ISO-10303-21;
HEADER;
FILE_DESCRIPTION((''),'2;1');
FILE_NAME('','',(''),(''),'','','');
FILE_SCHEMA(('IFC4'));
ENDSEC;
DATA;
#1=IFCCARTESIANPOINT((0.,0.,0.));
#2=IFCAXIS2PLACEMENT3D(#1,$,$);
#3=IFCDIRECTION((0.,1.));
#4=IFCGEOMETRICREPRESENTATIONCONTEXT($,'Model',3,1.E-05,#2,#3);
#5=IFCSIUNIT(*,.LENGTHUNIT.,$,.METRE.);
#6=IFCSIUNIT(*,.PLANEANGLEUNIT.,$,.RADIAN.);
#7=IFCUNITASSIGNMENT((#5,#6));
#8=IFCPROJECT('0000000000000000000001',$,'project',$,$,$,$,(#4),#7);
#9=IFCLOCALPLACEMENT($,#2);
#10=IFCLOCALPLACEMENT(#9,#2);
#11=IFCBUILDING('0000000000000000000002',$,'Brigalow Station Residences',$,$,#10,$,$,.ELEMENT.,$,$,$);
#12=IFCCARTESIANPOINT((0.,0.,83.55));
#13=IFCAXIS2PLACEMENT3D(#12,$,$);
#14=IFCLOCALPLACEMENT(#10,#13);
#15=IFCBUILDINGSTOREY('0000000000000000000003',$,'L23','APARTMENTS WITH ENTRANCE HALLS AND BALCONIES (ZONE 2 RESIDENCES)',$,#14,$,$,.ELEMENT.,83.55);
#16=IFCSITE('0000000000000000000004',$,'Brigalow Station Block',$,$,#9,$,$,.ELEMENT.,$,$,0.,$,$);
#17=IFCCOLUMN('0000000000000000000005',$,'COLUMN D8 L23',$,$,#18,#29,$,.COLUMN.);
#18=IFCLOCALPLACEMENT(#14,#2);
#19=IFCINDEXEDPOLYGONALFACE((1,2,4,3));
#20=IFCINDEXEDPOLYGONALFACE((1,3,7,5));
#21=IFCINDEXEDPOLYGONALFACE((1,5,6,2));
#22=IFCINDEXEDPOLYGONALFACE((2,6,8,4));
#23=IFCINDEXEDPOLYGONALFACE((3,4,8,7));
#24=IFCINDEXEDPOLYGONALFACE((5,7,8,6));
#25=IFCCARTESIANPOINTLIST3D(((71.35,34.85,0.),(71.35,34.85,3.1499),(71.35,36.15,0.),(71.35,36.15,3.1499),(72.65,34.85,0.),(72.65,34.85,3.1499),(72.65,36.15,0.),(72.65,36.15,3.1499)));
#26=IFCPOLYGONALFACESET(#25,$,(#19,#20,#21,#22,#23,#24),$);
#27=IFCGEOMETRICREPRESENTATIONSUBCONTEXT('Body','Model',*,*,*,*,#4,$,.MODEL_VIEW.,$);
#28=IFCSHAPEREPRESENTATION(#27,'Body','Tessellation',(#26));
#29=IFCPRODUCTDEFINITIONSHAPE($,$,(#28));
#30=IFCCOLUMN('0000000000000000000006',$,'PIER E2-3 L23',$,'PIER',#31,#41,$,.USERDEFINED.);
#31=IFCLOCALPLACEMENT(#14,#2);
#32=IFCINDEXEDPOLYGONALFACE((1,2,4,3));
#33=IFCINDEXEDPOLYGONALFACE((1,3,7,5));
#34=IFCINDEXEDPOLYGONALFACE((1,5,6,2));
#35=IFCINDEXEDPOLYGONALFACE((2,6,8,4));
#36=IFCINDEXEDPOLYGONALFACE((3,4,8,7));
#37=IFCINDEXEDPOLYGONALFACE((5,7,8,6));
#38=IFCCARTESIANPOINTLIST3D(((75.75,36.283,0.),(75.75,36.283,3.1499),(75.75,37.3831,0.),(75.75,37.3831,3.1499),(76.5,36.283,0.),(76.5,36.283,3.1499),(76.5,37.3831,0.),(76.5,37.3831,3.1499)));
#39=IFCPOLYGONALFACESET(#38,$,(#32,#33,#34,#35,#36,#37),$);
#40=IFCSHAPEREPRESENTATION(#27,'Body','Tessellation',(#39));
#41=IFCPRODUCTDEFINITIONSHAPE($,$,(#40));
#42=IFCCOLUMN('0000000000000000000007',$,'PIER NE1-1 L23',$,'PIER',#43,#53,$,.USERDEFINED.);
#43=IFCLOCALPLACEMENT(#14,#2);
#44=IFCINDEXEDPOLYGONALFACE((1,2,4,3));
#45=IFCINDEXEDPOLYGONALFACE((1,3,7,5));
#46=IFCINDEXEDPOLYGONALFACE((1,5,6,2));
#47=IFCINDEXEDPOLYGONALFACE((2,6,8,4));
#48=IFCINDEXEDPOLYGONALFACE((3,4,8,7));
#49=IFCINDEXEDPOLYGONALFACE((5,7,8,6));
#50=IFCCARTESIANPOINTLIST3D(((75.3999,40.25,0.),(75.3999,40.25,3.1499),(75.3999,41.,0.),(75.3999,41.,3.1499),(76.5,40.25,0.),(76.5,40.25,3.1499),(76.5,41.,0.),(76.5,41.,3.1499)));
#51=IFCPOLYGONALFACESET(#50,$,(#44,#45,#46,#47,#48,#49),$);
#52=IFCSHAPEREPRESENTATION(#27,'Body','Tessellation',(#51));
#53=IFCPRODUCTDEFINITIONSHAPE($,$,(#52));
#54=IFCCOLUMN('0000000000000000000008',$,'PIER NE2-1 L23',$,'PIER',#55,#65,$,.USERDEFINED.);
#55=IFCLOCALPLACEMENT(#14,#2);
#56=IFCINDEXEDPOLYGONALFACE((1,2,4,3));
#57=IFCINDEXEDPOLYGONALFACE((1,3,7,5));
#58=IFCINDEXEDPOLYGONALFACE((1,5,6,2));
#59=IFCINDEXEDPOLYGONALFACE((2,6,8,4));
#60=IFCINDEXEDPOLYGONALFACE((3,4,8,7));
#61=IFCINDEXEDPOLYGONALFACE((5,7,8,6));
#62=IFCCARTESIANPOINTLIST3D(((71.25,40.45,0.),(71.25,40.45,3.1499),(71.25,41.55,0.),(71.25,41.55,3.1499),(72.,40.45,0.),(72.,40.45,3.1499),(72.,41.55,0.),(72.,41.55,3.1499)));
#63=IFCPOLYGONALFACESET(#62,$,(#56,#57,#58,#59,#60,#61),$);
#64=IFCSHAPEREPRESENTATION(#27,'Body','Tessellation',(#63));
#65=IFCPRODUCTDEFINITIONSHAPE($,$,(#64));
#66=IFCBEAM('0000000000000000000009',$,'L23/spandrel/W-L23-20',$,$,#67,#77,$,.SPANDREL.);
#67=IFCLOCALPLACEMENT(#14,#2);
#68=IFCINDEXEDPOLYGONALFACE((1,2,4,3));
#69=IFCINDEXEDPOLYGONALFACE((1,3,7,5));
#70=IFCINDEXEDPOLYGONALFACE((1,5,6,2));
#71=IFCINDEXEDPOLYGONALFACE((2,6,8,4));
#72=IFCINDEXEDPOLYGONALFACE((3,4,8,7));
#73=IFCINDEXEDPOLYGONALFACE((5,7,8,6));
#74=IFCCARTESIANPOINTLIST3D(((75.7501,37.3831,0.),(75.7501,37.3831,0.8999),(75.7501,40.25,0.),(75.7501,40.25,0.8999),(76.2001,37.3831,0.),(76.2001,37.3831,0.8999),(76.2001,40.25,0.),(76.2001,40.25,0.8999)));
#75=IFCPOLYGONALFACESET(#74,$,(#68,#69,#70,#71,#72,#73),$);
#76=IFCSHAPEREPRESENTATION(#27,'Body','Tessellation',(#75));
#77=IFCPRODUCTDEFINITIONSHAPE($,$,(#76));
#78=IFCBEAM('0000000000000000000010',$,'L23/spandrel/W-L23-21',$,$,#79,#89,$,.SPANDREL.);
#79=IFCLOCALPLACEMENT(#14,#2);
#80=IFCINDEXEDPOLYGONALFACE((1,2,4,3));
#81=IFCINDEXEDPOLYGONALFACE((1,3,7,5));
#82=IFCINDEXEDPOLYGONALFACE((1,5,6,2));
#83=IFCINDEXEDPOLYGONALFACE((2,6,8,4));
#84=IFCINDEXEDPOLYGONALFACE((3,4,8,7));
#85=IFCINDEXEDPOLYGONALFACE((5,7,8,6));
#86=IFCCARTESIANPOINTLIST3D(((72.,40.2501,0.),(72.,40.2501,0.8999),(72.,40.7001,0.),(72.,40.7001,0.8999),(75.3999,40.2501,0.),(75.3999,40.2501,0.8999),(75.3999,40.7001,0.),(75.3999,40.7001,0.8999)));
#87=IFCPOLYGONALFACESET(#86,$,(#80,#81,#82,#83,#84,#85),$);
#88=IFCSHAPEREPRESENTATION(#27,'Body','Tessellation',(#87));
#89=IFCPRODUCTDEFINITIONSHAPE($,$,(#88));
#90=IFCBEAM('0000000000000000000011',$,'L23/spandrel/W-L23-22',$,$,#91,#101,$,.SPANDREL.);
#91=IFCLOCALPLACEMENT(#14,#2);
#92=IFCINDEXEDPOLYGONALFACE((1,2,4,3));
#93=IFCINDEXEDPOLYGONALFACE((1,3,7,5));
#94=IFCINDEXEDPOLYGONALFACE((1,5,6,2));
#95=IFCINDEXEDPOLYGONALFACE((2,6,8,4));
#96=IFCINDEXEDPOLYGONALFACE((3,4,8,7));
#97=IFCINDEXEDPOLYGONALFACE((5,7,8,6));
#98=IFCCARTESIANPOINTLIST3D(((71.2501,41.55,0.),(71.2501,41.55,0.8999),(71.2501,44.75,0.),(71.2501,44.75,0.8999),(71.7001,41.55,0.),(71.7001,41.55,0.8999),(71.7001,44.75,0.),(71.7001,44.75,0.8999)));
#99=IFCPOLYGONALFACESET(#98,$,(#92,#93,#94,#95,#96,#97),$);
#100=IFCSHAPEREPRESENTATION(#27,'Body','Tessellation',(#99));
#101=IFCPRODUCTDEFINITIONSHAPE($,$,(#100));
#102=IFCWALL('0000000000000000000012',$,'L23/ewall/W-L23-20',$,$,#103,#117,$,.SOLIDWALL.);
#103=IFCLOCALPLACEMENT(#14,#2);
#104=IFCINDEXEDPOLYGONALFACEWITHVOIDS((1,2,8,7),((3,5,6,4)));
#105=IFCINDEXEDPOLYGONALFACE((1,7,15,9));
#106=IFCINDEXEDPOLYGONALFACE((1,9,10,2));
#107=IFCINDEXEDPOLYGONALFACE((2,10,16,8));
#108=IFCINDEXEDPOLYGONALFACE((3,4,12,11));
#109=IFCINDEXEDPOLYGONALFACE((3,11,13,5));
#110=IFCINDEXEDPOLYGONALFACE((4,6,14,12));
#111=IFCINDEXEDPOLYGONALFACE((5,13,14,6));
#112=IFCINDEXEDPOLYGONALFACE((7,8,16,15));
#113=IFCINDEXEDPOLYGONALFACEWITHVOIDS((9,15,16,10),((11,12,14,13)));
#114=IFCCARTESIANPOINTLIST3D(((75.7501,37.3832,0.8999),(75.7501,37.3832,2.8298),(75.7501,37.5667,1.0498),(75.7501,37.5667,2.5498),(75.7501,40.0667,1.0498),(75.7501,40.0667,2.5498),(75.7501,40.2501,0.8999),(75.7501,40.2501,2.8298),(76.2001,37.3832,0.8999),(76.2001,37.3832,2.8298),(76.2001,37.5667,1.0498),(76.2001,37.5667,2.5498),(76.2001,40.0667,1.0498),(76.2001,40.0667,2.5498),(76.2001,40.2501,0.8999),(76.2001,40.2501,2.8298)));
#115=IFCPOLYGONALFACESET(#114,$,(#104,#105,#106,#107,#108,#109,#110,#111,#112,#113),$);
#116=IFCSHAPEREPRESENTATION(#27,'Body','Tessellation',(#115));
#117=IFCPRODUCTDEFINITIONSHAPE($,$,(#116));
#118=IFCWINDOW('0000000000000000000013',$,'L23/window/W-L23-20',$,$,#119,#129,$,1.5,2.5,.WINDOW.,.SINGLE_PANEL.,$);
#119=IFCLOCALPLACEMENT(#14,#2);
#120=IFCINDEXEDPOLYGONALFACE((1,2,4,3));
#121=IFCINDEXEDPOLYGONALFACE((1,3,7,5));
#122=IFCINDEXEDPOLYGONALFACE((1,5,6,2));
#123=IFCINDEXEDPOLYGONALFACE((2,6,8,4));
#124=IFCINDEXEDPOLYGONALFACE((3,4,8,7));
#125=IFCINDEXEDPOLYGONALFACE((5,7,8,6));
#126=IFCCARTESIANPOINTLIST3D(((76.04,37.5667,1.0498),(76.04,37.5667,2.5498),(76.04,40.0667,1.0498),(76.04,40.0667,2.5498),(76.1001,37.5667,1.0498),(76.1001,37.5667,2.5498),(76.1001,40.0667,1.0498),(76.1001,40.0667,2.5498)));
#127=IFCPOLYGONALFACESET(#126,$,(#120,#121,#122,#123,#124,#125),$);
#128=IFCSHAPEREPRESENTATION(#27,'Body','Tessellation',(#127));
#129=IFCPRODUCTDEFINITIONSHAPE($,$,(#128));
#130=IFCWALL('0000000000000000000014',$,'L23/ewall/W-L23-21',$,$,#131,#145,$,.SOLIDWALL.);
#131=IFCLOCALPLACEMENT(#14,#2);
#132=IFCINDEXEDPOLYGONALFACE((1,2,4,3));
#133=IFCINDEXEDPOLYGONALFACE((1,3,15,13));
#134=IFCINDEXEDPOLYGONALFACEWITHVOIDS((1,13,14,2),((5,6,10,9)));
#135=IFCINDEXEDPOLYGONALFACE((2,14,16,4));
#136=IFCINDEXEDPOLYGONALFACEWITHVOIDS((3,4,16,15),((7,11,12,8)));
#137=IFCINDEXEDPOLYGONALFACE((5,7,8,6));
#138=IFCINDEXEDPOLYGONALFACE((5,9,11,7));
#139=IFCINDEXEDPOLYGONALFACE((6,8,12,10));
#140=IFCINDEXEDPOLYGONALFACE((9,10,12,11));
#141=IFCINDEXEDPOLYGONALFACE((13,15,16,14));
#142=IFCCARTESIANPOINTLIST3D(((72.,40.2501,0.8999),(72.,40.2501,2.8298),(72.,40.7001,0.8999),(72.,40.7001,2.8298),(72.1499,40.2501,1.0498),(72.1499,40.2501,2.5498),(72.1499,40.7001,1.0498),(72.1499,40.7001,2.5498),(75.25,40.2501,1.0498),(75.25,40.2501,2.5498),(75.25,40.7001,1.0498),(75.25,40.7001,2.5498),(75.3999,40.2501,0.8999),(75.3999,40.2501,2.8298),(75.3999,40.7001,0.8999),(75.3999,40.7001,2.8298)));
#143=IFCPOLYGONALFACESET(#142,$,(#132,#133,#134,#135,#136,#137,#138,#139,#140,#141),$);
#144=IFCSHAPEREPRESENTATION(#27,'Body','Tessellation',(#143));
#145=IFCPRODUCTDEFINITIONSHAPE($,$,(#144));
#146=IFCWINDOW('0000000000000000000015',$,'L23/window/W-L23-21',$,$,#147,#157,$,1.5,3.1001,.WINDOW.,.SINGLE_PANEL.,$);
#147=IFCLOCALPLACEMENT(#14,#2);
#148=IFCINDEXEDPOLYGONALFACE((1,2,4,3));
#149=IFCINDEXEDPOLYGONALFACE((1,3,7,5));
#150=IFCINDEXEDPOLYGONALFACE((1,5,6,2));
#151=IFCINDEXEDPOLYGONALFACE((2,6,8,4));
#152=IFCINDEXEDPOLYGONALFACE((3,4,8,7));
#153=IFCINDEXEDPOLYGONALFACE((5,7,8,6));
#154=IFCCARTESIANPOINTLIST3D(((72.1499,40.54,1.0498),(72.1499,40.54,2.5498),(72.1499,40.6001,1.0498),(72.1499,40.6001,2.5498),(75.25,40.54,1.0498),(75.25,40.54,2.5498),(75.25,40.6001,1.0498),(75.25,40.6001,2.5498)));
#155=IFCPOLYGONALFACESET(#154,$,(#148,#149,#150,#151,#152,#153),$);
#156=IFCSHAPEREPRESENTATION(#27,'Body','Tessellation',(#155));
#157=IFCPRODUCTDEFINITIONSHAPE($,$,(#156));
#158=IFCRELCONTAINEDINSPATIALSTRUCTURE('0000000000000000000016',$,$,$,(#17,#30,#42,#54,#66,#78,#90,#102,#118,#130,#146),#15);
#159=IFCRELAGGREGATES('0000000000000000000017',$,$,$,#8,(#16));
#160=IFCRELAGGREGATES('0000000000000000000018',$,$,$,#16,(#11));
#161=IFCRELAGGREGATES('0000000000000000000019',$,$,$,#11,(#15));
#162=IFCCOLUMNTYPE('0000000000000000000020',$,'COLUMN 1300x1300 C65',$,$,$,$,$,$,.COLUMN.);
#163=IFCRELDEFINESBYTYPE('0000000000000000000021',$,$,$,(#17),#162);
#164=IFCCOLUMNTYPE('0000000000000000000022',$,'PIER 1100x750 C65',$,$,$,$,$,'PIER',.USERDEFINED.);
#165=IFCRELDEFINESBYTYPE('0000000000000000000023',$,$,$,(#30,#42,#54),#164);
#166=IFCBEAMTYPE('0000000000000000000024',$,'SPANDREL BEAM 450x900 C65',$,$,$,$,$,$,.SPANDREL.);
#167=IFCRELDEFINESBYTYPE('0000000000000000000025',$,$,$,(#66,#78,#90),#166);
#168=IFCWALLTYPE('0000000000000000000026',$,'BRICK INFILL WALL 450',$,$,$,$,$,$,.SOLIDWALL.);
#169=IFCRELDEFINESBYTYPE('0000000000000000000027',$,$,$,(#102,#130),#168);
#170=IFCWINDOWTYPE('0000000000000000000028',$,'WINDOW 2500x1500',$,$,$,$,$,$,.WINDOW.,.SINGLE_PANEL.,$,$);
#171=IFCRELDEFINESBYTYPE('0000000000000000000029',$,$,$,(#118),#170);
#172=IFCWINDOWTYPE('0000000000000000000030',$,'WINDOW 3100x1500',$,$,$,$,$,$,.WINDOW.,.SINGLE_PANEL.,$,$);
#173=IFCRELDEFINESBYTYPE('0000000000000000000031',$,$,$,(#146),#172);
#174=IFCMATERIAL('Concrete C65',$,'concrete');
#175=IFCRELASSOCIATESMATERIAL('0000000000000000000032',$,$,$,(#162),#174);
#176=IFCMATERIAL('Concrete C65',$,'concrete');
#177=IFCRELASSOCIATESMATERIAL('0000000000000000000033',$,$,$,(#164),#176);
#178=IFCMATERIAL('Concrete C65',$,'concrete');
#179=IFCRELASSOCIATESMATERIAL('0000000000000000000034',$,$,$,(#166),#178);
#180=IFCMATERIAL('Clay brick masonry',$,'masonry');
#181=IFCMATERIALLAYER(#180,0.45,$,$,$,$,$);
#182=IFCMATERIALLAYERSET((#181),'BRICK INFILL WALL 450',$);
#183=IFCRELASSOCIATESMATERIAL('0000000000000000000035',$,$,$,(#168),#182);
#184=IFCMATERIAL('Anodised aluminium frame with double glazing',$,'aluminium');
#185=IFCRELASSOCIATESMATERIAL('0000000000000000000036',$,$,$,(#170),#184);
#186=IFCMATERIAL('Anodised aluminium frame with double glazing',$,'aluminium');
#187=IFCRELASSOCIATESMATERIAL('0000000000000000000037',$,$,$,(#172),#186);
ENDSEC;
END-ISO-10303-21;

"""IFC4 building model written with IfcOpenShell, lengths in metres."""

from ifc_helpers import new_model, si_unit, direction, frame, frame_2d, origin, origin_2d, place, context, subcontext, project, spatial, rectangle, extrude, material, layer, layer_set, material_profile, profile_set, type_object, element, fill, save


model = new_model("IFC4")

# Units and contexts
model_context = context("Model", 3, precision=1e-05, world=origin(), true_north=direction((0.0, 1.0)))
body_context = subcontext(model_context, "Body", "Model", "MODEL_VIEW")
ifc_project = project(units=[si_unit("LENGTHUNIT", "METRE"), si_unit("PLANEANGLEUNIT", "RADIAN")], contexts=[model_context])

# Site, building, storey
site_placement = place(None, origin())
site = spatial("IfcSite", under=ifc_project, at=site_placement, Name="Brigalow Station Block", CompositionType="ELEMENT", RefElevation=0.0)
building_placement = place(site_placement, origin())
building = spatial("IfcBuilding", under=site, at=building_placement, Name="Brigalow Station Residences", CompositionType="ELEMENT")
storey_placement = place(building_placement, frame((0.0, 0.0, 83.55)))
storey = spatial("IfcBuildingStorey", under=building, at=storey_placement, Name="L23", Description="APARTMENTS WITH ENTRANCE HALLS AND BALCONIES (ZONE 2 RESIDENCES)", CompositionType="ELEMENT", Elevation=83.55)

# Columns
ifc_material_1 = material(Name="Concrete C65", Category="concrete")
ifc_material_profile_1 = material_profile(ifc_material_1, rectangle(XDim=1.3, YDim=1.3, at=origin_2d()), Name="RC1300x1300")
ifc_profile_set_1 = profile_set([ifc_material_profile_1], Name="Concrete C65")
column_type_1 = type_object("IfcColumnType", Name="COLUMN 1300x1300 C65", PredefinedType="COLUMN", material=ifc_profile_set_1)
column_placement = place(storey_placement, frame((72.0, 35.5, 0.0), z_axis=(0.0, 0.0, 1.0), x_axis=(1.0, 0.0, 0.0)))
element("IfcColumn", 1, at=column_placement, inside=storey, type_object=column_type_1, Name="COLUMN D8 L23", PredefinedType="COLUMN", context=body_context, shape_type="SweptSolid", body=[
    extrude(rectangle(XDim=1.3, YDim=1.3, at=origin_2d()), origin(), (0.0, 0.0, 1.0), 3.1499),
])
ifc_material_2 = material(Name="Concrete C65", Category="concrete")
ifc_material_profile_2 = material_profile(ifc_material_2, rectangle(XDim=1.1001, YDim=0.75, at=origin_2d()), Name="RC1100x750")
ifc_profile_set_2 = profile_set([ifc_material_profile_2], Name="Concrete C65")
column_type_2 = type_object("IfcColumnType", Name="PIER 1100x750 C65", ElementType="PIER", PredefinedType="USERDEFINED", material=ifc_profile_set_2)
for number, where, z_axis, x_axis, name in (
    (2, (76.125, 36.833, 0.0), (0.0, 0.0, 1.0), (0.0, 1.0, 0.0), "PIER E2-3 L23"),
    (3, (75.95, 40.625, 0.0), (0.0, 0.0, 1.0), (-1.0, 0.0, 0.0), "PIER NE1-1 L23"),
    (4, (71.625, 41.0, 0.0), (0.0, 0.0, 1.0), (0.0, 1.0, 0.0), "PIER NE2-1 L23"),
):
    element("IfcColumn", number, at=place(storey_placement, frame(where, z_axis=z_axis, x_axis=x_axis)), inside=storey, type_object=column_type_2, Name=name, ObjectType="PIER", PredefinedType="USERDEFINED", context=body_context, shape_type="SweptSolid", body=[
        extrude(rectangle(XDim=1.1001, YDim=0.75, at=origin_2d()), origin(), (0.0, 0.0, 1.0), 3.1499),
    ])

# Beams
ifc_material_3 = material(Name="Concrete C65", Category="concrete")
ifc_material_profile_3 = material_profile(ifc_material_3, rectangle(XDim=0.45, YDim=0.8999, at=origin_2d()), Name="RC450x900")
ifc_profile_set_3 = profile_set([ifc_material_profile_3], Name="Concrete C65")
beam_type = type_object("IfcBeamType", Name="SPANDREL BEAM 450x900 C65", PredefinedType="SPANDREL", material=ifc_profile_set_3)
beam_1_placement = place(storey_placement, frame((75.9751, 37.3831, 0.45), z_axis=(0.0, 1.0, 0.0), x_axis=(-1.0, 0.0, 0.0)))
element("IfcBeam", 5, at=beam_1_placement, inside=storey, type_object=beam_type, Name="L23/spandrel/W-L23-20", PredefinedType="SPANDREL", context=body_context, shape_type="SweptSolid", body=[
    extrude(rectangle(XDim=0.45, YDim=0.8999, at=origin_2d()), origin(), (0.0, 0.0, 1.0), 2.8669),
])
beam_2_placement = place(storey_placement, frame((75.3999, 40.4751, 0.45), z_axis=(-1.0, 0.0, 0.0), x_axis=(0.0, -1.0, 0.0)))
element("IfcBeam", 6, at=beam_2_placement, inside=storey, type_object=beam_type, Name="L23/spandrel/W-L23-21", PredefinedType="SPANDREL", context=body_context, shape_type="SweptSolid", body=[
    extrude(rectangle(XDim=0.45, YDim=0.8999, at=origin_2d()), origin(), (0.0, 0.0, 1.0), 3.3999),
])
beam_3_placement = place(storey_placement, frame((71.4751, 41.55, 0.45), z_axis=(0.0, 1.0, 0.0), x_axis=(-1.0, 0.0, 0.0)))
element("IfcBeam", 7, at=beam_3_placement, inside=storey, type_object=beam_type, Name="L23/spandrel/W-L23-22", PredefinedType="SPANDREL", context=body_context, shape_type="SweptSolid", body=[
    extrude(rectangle(XDim=0.45, YDim=0.8999, at=origin_2d()), origin(), (0.0, 0.0, 1.0), 3.2),
])

# Walls, openings, windows
ifc_material_4 = material(Name="Clay brick masonry", Category="masonry")
ifc_layer_1 = layer(ifc_material_4, 0.45)
ifc_layer_set_1 = layer_set([ifc_layer_1], Name="BRICK INFILL WALL 450")
wall_type_1 = type_object("IfcWallType", Name="BRICK INFILL WALL 450", PredefinedType="SOLIDWALL", material=ifc_layer_set_1)
wall_1_placement = place(storey_placement, frame((75.9751, 37.3831, 0.8999), z_axis=(0.0, 0.0, 1.0), x_axis=(0.0, 1.0, 0.0)))
wall_1 = element("IfcWall", 8, at=wall_1_placement, inside=storey, type_object=wall_type_1, Name="L23/ewall/W-L23-20", PredefinedType="SOLIDWALL", context=body_context, shape_type="SweptSolid", body=[
    extrude(rectangle(XDim=2.8669, YDim=0.45, at=frame_2d((1.4336, 0.0))), origin(), (0.0, 0.0, 1.0), 1.9299),
])
opening_1_placement = place(wall_1_placement, frame((0.1836, 0.0, 0.1499)))
opening_1 = element("IfcOpeningElement", 9, at=opening_1_placement, cuts=wall_1, PredefinedType="OPENING", context=body_context, shape_type="SweptSolid", body=[
    extrude(rectangle(XDim=2.5, YDim=1.5, at=frame_2d((1.25, 0.75))), frame((0.0, 0.2349, 0.0), z_axis=(0.0, -1.0, 0.0), x_axis=(1.0, 0.0, 0.0)), (0.0, 0.0, 1.0), 0.47),
])
ifc_material_5 = material(Name="Anodised aluminium frame with double glazing", Category="aluminium")
window_type_1 = type_object("IfcWindowType", Name="WINDOW 2500x1500", PartitioningType="SINGLE_PANEL", PredefinedType="WINDOW", material=ifc_material_5)
window_1_placement = place(opening_1_placement, origin())
window_1 = element("IfcWindow", 10, at=window_1_placement, inside=storey, type_object=window_type_1, Name="L23/window/W-L23-20", OverallHeight=1.5, OverallWidth=2.5, PartitioningType="SINGLE_PANEL", PredefinedType="WINDOW", context=body_context, shape_type="SweptSolid", body=[
    extrude(rectangle(XDim=2.5, YDim=1.5, at=frame_2d((1.25, 0.75))), frame((0.0, -0.0649, 0.0), z_axis=(0.0, -1.0, 0.0), x_axis=(1.0, 0.0, 0.0)), (0.0, 0.0, 1.0), 0.0601),
])
fill(opening_1, window_1)
wall_2_placement = place(storey_placement, frame((75.3999, 40.4751, 0.8999), z_axis=(0.0, 0.0, 1.0), x_axis=(-1.0, 0.0, 0.0)))
wall_2 = element("IfcWall", 11, at=wall_2_placement, inside=storey, type_object=wall_type_1, Name="L23/ewall/W-L23-21", PredefinedType="SOLIDWALL", context=body_context, shape_type="SweptSolid", body=[
    extrude(rectangle(XDim=3.3999, YDim=0.45, at=frame_2d((1.7, 0.0))), origin(), (0.0, 0.0, 1.0), 1.9299),
])
opening_2_placement = place(wall_2_placement, frame((0.1499, 0.0, 0.1499)))
opening_2 = element("IfcOpeningElement", 12, at=opening_2_placement, cuts=wall_2, PredefinedType="OPENING", context=body_context, shape_type="SweptSolid", body=[
    extrude(rectangle(XDim=3.1001, YDim=1.5, at=frame_2d((1.55, 0.75))), frame((0.0, 0.2349, 0.0), z_axis=(0.0, -1.0, 0.0), x_axis=(1.0, 0.0, 0.0)), (0.0, 0.0, 1.0), 0.47),
])
ifc_material_6 = material(Name="Anodised aluminium frame with double glazing", Category="aluminium")
window_type_2 = type_object("IfcWindowType", Name="WINDOW 3100x1500", PartitioningType="SINGLE_PANEL", PredefinedType="WINDOW", material=ifc_material_6)
window_2_placement = place(opening_2_placement, origin())
window_2 = element("IfcWindow", 13, at=window_2_placement, inside=storey, type_object=window_type_2, Name="L23/window/W-L23-21", OverallHeight=1.5, OverallWidth=3.1001, PartitioningType="SINGLE_PANEL", PredefinedType="WINDOW", context=body_context, shape_type="SweptSolid", body=[
    extrude(rectangle(XDim=3.1001, YDim=1.5, at=frame_2d((1.55, 0.75))), frame((0.0, -0.0649, 0.0), z_axis=(0.0, -1.0, 0.0), x_axis=(1.0, 0.0, 0.0)), (0.0, 0.0, 1.0), 0.0601),
])
fill(opening_2, window_2)

save(model, "model.ifc")
